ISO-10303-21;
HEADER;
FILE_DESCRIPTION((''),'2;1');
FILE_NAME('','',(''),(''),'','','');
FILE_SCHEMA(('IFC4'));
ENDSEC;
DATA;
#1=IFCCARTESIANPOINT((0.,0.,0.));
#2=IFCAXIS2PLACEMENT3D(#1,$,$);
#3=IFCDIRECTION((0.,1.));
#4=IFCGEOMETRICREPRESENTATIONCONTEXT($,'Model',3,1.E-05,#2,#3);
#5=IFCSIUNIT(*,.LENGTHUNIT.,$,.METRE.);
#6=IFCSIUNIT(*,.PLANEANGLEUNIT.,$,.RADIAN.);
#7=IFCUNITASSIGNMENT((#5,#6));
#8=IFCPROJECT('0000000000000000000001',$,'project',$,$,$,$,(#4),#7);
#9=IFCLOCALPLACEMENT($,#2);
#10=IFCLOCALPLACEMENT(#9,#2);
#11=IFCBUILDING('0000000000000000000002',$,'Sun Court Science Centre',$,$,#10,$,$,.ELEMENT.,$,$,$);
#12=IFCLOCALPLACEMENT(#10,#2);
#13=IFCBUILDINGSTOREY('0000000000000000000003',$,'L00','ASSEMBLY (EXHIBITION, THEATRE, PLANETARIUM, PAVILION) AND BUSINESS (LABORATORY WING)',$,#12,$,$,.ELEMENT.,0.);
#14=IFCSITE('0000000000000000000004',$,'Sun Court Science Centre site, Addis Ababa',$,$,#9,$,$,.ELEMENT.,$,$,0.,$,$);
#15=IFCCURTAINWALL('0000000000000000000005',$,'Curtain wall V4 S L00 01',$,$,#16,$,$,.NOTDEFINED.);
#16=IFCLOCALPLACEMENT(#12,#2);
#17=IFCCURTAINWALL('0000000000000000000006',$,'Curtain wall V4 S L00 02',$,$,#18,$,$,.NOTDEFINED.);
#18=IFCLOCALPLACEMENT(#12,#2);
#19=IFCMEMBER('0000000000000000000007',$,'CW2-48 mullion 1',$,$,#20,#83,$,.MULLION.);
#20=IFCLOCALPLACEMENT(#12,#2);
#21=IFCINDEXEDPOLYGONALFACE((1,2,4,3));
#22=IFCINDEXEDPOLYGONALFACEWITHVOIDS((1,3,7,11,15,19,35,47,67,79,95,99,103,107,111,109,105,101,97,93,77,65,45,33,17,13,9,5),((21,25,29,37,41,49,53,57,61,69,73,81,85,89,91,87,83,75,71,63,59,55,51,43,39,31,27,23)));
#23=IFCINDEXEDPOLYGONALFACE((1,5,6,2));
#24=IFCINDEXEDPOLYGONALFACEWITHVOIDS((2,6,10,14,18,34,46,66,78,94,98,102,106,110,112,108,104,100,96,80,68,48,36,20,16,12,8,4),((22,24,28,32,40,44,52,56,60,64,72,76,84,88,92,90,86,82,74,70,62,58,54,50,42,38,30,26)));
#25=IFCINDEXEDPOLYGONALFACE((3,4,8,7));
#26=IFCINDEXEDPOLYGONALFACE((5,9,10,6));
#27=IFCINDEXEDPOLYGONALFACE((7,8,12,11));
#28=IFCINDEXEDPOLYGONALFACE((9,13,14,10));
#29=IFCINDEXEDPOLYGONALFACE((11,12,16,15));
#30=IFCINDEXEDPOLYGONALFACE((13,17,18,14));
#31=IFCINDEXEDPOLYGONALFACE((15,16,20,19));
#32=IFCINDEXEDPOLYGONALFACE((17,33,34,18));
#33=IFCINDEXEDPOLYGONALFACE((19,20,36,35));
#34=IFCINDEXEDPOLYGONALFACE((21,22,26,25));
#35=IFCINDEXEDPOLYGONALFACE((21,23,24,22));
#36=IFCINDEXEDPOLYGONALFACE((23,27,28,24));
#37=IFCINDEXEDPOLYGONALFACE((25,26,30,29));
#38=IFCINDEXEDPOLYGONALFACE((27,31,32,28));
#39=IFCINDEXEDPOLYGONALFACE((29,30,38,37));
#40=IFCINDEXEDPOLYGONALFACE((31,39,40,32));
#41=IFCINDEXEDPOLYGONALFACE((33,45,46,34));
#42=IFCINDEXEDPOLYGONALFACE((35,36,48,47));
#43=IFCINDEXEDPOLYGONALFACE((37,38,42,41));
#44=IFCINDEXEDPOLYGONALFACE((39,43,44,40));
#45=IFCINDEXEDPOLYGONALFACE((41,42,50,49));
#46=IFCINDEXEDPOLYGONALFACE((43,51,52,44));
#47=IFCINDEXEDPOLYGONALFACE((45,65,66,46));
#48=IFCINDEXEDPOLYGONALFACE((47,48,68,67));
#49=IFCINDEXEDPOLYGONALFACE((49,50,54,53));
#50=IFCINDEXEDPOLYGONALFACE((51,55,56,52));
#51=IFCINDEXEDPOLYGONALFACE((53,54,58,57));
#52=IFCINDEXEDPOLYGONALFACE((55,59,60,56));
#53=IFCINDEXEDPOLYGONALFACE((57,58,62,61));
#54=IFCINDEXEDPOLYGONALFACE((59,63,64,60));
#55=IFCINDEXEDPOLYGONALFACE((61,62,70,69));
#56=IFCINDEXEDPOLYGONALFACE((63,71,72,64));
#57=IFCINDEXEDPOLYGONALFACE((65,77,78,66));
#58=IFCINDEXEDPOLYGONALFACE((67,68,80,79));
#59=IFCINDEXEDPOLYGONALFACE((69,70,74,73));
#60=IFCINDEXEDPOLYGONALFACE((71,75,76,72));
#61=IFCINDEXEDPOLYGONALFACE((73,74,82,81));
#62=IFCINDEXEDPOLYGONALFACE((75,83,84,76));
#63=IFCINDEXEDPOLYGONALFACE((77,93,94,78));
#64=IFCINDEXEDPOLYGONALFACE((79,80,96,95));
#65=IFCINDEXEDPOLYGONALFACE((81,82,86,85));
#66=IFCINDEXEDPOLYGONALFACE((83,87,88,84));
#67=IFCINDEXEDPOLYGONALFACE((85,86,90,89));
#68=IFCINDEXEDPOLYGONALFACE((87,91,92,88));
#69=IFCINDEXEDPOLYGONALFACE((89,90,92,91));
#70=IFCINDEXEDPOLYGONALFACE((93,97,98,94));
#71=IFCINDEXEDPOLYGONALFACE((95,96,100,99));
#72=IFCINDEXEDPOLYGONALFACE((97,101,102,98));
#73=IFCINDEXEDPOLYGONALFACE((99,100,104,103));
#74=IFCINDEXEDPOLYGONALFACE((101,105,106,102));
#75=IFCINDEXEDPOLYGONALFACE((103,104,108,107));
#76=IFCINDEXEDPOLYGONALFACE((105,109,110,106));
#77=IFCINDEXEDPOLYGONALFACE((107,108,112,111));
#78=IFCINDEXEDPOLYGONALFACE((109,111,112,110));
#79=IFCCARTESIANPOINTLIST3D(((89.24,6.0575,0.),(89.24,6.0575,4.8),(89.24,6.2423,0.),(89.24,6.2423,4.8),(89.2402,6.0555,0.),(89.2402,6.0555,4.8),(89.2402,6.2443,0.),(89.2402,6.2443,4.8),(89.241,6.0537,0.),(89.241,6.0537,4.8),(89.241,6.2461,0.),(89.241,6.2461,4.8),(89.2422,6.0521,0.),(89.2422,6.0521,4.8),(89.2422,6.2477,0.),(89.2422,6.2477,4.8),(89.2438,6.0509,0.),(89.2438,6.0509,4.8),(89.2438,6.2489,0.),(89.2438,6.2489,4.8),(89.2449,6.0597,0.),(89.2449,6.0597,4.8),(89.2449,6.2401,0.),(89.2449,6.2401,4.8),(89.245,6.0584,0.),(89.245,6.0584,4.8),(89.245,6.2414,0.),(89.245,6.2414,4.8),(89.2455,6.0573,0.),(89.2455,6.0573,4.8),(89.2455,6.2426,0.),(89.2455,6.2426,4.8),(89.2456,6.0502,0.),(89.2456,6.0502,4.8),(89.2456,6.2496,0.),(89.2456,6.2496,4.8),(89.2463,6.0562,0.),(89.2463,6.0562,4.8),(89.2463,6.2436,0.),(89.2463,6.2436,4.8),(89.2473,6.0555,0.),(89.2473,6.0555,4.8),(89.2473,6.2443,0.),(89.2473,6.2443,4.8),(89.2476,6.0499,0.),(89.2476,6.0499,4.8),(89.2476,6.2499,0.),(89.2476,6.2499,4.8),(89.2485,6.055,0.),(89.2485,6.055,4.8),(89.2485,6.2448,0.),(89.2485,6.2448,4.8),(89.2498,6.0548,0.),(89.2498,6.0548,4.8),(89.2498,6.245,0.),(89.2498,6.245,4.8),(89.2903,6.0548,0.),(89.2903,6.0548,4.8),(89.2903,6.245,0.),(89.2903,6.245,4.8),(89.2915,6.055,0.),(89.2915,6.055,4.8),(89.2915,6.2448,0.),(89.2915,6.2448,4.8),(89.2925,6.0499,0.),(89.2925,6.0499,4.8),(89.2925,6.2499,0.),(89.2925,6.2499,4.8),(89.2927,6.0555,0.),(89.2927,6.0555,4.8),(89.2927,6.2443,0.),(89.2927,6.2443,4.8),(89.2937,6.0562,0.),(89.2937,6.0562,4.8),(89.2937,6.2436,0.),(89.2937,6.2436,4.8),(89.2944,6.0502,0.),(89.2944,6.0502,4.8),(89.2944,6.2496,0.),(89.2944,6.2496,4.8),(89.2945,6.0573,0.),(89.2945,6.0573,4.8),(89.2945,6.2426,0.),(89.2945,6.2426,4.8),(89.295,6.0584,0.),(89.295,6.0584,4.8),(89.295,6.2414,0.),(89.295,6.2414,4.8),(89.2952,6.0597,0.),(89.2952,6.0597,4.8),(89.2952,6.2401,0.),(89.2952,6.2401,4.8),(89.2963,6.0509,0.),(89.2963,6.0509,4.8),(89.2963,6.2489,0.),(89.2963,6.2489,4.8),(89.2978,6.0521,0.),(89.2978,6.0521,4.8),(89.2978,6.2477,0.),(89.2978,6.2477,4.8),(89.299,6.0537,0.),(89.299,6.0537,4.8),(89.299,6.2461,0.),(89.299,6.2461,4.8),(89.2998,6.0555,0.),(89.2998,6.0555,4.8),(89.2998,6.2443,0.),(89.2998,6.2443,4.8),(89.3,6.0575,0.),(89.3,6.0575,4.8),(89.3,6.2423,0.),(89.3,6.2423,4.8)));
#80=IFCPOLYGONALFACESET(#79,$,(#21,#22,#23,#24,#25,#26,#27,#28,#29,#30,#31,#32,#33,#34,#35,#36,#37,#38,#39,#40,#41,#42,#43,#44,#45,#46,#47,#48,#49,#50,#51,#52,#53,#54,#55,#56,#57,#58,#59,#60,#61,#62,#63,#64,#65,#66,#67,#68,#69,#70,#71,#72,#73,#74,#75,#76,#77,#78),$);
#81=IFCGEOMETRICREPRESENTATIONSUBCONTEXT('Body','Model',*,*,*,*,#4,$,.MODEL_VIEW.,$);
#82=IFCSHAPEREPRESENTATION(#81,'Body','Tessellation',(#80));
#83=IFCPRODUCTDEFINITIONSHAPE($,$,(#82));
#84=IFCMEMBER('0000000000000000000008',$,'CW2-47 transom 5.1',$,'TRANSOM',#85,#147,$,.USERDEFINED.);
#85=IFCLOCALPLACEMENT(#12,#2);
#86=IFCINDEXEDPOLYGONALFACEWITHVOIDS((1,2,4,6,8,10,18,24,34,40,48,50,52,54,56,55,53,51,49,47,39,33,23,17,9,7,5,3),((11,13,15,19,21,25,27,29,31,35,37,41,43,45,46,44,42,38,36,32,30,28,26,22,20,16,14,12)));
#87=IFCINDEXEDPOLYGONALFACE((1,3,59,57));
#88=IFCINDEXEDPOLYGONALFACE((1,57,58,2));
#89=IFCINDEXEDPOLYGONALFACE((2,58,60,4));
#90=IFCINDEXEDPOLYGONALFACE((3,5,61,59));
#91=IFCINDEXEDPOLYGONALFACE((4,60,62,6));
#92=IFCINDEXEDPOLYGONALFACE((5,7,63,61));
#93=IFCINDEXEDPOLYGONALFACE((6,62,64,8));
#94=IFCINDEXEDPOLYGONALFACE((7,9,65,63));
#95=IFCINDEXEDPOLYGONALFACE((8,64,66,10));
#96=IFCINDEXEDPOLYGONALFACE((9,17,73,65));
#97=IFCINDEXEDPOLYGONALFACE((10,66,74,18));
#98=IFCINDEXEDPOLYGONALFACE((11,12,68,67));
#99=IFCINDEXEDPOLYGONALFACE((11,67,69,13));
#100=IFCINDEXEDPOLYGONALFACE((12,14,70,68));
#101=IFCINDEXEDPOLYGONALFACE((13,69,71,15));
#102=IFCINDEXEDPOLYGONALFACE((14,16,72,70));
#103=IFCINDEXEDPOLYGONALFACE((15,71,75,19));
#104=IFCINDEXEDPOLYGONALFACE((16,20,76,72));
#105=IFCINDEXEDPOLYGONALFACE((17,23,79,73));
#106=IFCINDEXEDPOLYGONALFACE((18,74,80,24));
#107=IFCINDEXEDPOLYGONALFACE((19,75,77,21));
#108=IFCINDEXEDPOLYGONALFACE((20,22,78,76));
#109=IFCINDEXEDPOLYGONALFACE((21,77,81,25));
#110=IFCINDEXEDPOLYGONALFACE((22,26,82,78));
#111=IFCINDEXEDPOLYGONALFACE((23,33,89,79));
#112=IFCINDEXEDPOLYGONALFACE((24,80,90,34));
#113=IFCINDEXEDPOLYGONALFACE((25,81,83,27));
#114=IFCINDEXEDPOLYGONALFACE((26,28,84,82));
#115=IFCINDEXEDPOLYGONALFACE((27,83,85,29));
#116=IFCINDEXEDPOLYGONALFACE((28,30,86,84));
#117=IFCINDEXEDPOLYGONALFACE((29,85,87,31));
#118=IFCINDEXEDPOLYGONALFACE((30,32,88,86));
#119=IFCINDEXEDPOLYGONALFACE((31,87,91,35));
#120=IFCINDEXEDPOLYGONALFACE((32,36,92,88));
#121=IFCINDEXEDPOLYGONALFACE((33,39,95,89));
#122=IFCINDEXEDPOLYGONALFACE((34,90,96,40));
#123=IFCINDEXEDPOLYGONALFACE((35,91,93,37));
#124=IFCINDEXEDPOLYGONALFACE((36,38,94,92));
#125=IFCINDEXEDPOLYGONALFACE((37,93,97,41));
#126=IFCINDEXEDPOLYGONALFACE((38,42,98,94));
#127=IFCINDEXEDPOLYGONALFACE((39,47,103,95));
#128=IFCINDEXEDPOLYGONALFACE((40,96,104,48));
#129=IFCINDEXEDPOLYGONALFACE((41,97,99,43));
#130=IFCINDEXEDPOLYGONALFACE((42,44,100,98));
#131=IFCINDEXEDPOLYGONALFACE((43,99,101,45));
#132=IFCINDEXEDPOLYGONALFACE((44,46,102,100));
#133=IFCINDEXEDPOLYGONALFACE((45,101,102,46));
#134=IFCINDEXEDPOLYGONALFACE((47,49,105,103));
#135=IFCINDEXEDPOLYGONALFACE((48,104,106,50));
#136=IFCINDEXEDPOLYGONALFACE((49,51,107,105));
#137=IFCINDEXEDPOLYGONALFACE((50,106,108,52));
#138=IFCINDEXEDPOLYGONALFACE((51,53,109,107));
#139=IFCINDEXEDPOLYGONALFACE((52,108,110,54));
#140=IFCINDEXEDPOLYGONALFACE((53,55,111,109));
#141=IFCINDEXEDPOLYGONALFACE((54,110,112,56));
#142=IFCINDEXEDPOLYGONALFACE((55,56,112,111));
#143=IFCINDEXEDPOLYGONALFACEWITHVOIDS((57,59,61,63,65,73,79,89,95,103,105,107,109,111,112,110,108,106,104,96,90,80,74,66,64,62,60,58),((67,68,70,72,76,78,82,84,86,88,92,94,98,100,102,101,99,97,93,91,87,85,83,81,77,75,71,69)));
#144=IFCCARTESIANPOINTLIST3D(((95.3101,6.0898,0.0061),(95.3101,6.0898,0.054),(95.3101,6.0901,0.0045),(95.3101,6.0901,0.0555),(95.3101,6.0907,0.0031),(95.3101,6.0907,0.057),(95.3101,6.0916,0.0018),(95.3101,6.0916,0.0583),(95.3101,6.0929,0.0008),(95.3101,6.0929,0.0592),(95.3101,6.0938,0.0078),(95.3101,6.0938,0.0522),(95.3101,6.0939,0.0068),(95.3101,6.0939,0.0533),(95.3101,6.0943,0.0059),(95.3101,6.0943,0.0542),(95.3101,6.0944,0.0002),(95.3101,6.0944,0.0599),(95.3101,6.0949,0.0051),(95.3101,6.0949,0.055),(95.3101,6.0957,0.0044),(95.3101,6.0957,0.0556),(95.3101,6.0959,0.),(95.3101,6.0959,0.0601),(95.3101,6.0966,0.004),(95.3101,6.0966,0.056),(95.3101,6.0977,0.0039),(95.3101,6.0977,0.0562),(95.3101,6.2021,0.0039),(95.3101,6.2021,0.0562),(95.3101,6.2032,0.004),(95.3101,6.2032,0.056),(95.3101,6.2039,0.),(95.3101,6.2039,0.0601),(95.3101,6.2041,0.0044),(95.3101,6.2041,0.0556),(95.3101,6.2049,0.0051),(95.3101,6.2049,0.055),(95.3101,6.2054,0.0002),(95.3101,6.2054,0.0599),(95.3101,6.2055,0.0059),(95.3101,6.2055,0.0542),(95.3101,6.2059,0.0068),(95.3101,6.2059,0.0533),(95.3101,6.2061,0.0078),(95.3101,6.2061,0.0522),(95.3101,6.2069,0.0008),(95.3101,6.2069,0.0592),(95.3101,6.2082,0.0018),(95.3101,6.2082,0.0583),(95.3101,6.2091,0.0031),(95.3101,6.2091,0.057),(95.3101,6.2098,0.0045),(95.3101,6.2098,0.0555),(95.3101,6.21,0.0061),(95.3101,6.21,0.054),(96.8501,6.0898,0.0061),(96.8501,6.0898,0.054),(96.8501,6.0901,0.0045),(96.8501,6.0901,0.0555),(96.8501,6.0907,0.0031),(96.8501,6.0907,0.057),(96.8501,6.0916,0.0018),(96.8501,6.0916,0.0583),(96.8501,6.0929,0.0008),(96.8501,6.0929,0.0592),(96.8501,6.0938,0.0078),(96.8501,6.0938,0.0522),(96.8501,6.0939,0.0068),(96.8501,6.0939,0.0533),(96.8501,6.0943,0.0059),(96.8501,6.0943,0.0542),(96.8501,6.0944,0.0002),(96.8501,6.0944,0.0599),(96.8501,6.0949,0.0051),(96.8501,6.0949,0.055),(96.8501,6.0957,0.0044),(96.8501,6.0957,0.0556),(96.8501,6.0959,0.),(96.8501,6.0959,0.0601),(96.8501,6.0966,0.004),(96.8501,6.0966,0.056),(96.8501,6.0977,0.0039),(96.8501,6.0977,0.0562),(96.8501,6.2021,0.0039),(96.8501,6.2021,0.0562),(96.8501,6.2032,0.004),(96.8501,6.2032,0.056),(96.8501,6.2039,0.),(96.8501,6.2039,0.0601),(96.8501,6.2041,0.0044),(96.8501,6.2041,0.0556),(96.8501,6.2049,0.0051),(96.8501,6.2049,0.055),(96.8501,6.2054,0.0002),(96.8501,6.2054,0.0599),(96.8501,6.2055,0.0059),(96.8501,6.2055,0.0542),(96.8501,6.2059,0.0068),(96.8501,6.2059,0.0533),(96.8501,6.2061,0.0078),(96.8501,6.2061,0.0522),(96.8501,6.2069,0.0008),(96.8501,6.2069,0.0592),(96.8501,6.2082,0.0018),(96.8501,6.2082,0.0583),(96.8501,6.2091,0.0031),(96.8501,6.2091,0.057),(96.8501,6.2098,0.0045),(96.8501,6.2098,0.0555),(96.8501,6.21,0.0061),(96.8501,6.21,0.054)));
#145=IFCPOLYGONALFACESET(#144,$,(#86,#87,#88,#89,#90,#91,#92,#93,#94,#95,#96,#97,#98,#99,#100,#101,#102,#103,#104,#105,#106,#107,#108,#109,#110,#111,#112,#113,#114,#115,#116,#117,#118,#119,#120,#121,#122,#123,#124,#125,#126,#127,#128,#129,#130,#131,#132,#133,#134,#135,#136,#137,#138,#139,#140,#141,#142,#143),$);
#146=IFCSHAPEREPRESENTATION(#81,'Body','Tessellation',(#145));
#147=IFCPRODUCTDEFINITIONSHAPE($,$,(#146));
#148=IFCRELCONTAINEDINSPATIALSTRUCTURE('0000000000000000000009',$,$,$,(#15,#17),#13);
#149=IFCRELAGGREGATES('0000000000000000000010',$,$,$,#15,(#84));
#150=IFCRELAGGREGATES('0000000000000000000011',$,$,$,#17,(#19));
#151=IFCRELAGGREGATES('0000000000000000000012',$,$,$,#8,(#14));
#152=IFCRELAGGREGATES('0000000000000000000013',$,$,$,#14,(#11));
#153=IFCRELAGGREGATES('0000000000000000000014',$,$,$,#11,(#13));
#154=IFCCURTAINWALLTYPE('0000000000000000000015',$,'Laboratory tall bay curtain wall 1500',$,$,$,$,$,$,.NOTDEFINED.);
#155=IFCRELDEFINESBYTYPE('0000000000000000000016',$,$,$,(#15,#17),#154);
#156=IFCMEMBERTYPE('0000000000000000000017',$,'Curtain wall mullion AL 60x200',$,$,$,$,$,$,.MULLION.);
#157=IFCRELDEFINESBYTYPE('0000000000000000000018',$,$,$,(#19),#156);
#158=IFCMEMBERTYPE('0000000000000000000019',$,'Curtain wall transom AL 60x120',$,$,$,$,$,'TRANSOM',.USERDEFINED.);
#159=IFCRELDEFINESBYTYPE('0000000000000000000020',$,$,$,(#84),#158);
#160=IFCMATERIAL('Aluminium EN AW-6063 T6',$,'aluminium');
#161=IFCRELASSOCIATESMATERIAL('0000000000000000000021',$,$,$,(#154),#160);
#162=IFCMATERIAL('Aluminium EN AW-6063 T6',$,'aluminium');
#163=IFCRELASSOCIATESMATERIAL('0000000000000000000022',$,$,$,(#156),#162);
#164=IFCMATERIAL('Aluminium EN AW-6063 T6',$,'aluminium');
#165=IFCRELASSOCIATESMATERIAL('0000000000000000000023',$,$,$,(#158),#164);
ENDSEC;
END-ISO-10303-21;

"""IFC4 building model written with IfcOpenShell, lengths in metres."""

from ifc_helpers import new_model, si_unit, direction, frame, origin, origin_2d, place, context, subcontext, project, spatial, hollow_rectangle, extrude, material, material_profile, profile_set, type_object, element, aggregate, save


model = new_model("IFC4")

# Units and contexts
model_context = context("Model", 3, precision=1e-05, world=origin(), true_north=direction((0.0, 1.0)))
body_context = subcontext(model_context, "Body", "Model", "MODEL_VIEW")
ifc_project = project(units=[si_unit("LENGTHUNIT", "METRE"), si_unit("PLANEANGLEUNIT", "RADIAN")], contexts=[model_context])

# Site, building, storey
site_placement = place(None, origin())
site = spatial("IfcSite", under=ifc_project, at=site_placement, Name="Sun Court Science Centre site, Addis Ababa", CompositionType="ELEMENT", RefElevation=0.0)
building_placement = place(site_placement, origin())
building = spatial("IfcBuilding", under=site, at=building_placement, Name="Sun Court Science Centre", CompositionType="ELEMENT")
storey_placement = place(building_placement, origin())
storey = spatial("IfcBuildingStorey", under=building, at=storey_placement, Name="L00", Description="ASSEMBLY (EXHIBITION, THEATRE, PLANETARIUM, PAVILION) AND BUSINESS (LABORATORY WING)", CompositionType="ELEMENT", Elevation=0.0)

# Curtain wall
ifc_material_1 = material(Name="Aluminium EN AW-6063 T6", Category="aluminium")
curtain_wall_type = type_object("IfcCurtainWallType", Name="Laboratory tall bay curtain wall 1500", PredefinedType="NOTDEFINED", material=ifc_material_1)
curtain_wall_1_placement = place(storey_placement, origin())
curtain_wall_1 = element("IfcCurtainWall", 1, at=curtain_wall_1_placement, inside=storey, type_object=curtain_wall_type, Name="Curtain wall V4 S L00 01", PredefinedType="NOTDEFINED")
ifc_material_2 = material(Name="Aluminium EN AW-6063 T6", Category="aluminium")
ifc_material_profile_1 = material_profile(ifc_material_2, hollow_rectangle(XDim=0.0601, YDim=0.2, WallThickness=0.0049, InnerFilletRadius=0.0049, OuterFilletRadius=0.0076, at=origin_2d()), Name="AL 60x200x5")
ifc_profile_set_1 = profile_set([ifc_material_profile_1], Name="Aluminium EN AW-6063 T6")
member_type_1 = type_object("IfcMemberType", Name="Curtain wall mullion AL 60x200", PredefinedType="MULLION", material=ifc_profile_set_1)

# Curtain wall, member
curtain_wall_2_placement = place(storey_placement, origin())
curtain_wall_2 = element("IfcCurtainWall", 2, at=curtain_wall_2_placement, inside=storey, type_object=curtain_wall_type, Name="Curtain wall V4 S L00 02", PredefinedType="NOTDEFINED")
member_1_placement = place(storey_placement, frame((89.27, 6.1499, 0.0), z_axis=(0.0, 0.0, 1.0), x_axis=(-1.0, 0.0, 0.0)))
member_1 = element("IfcMember", 3, at=member_1_placement, type_object=member_type_1, Name="CW2-48 mullion 1", PredefinedType="MULLION", context=body_context, shape_type="SweptSolid", body=[
    extrude(hollow_rectangle(XDim=0.0601, YDim=0.2, WallThickness=0.0049, InnerFilletRadius=0.0049, OuterFilletRadius=0.0076, at=origin_2d()), origin(), (0.0, 0.0, 1.0), 4.8),
])

# Member
ifc_material_3 = material(Name="Aluminium EN AW-6063 T6", Category="aluminium")
ifc_material_profile_2 = material_profile(ifc_material_3, hollow_rectangle(XDim=0.0601, YDim=0.1201, WallThickness=0.0039, InnerFilletRadius=0.0039, OuterFilletRadius=0.0061, at=origin_2d()), Name="AL 60x120x4")
ifc_profile_set_2 = profile_set([ifc_material_profile_2], Name="Aluminium EN AW-6063 T6")
member_type_2 = type_object("IfcMemberType", Name="Curtain wall transom AL 60x120", ElementType="TRANSOM", PredefinedType="USERDEFINED", material=ifc_profile_set_2)
member_2_placement = place(storey_placement, frame((96.8501, 6.1499, 0.03), z_axis=(-1.0, 0.0, 0.0), x_axis=(0.0, 0.0, 1.0)))
member_2 = element("IfcMember", 4, at=member_2_placement, type_object=member_type_2, Name="CW2-47 transom 5.1", ObjectType="TRANSOM", PredefinedType="USERDEFINED", context=body_context, shape_type="SweptSolid", body=[
    extrude(hollow_rectangle(XDim=0.0601, YDim=0.1201, WallThickness=0.0039, InnerFilletRadius=0.0039, OuterFilletRadius=0.0061, at=origin_2d()), origin(), (0.0, 0.0, 1.0), 1.54),
])

aggregate(curtain_wall_1, [member_2])
aggregate(curtain_wall_2, [member_1])

save(model, "model.ifc")
